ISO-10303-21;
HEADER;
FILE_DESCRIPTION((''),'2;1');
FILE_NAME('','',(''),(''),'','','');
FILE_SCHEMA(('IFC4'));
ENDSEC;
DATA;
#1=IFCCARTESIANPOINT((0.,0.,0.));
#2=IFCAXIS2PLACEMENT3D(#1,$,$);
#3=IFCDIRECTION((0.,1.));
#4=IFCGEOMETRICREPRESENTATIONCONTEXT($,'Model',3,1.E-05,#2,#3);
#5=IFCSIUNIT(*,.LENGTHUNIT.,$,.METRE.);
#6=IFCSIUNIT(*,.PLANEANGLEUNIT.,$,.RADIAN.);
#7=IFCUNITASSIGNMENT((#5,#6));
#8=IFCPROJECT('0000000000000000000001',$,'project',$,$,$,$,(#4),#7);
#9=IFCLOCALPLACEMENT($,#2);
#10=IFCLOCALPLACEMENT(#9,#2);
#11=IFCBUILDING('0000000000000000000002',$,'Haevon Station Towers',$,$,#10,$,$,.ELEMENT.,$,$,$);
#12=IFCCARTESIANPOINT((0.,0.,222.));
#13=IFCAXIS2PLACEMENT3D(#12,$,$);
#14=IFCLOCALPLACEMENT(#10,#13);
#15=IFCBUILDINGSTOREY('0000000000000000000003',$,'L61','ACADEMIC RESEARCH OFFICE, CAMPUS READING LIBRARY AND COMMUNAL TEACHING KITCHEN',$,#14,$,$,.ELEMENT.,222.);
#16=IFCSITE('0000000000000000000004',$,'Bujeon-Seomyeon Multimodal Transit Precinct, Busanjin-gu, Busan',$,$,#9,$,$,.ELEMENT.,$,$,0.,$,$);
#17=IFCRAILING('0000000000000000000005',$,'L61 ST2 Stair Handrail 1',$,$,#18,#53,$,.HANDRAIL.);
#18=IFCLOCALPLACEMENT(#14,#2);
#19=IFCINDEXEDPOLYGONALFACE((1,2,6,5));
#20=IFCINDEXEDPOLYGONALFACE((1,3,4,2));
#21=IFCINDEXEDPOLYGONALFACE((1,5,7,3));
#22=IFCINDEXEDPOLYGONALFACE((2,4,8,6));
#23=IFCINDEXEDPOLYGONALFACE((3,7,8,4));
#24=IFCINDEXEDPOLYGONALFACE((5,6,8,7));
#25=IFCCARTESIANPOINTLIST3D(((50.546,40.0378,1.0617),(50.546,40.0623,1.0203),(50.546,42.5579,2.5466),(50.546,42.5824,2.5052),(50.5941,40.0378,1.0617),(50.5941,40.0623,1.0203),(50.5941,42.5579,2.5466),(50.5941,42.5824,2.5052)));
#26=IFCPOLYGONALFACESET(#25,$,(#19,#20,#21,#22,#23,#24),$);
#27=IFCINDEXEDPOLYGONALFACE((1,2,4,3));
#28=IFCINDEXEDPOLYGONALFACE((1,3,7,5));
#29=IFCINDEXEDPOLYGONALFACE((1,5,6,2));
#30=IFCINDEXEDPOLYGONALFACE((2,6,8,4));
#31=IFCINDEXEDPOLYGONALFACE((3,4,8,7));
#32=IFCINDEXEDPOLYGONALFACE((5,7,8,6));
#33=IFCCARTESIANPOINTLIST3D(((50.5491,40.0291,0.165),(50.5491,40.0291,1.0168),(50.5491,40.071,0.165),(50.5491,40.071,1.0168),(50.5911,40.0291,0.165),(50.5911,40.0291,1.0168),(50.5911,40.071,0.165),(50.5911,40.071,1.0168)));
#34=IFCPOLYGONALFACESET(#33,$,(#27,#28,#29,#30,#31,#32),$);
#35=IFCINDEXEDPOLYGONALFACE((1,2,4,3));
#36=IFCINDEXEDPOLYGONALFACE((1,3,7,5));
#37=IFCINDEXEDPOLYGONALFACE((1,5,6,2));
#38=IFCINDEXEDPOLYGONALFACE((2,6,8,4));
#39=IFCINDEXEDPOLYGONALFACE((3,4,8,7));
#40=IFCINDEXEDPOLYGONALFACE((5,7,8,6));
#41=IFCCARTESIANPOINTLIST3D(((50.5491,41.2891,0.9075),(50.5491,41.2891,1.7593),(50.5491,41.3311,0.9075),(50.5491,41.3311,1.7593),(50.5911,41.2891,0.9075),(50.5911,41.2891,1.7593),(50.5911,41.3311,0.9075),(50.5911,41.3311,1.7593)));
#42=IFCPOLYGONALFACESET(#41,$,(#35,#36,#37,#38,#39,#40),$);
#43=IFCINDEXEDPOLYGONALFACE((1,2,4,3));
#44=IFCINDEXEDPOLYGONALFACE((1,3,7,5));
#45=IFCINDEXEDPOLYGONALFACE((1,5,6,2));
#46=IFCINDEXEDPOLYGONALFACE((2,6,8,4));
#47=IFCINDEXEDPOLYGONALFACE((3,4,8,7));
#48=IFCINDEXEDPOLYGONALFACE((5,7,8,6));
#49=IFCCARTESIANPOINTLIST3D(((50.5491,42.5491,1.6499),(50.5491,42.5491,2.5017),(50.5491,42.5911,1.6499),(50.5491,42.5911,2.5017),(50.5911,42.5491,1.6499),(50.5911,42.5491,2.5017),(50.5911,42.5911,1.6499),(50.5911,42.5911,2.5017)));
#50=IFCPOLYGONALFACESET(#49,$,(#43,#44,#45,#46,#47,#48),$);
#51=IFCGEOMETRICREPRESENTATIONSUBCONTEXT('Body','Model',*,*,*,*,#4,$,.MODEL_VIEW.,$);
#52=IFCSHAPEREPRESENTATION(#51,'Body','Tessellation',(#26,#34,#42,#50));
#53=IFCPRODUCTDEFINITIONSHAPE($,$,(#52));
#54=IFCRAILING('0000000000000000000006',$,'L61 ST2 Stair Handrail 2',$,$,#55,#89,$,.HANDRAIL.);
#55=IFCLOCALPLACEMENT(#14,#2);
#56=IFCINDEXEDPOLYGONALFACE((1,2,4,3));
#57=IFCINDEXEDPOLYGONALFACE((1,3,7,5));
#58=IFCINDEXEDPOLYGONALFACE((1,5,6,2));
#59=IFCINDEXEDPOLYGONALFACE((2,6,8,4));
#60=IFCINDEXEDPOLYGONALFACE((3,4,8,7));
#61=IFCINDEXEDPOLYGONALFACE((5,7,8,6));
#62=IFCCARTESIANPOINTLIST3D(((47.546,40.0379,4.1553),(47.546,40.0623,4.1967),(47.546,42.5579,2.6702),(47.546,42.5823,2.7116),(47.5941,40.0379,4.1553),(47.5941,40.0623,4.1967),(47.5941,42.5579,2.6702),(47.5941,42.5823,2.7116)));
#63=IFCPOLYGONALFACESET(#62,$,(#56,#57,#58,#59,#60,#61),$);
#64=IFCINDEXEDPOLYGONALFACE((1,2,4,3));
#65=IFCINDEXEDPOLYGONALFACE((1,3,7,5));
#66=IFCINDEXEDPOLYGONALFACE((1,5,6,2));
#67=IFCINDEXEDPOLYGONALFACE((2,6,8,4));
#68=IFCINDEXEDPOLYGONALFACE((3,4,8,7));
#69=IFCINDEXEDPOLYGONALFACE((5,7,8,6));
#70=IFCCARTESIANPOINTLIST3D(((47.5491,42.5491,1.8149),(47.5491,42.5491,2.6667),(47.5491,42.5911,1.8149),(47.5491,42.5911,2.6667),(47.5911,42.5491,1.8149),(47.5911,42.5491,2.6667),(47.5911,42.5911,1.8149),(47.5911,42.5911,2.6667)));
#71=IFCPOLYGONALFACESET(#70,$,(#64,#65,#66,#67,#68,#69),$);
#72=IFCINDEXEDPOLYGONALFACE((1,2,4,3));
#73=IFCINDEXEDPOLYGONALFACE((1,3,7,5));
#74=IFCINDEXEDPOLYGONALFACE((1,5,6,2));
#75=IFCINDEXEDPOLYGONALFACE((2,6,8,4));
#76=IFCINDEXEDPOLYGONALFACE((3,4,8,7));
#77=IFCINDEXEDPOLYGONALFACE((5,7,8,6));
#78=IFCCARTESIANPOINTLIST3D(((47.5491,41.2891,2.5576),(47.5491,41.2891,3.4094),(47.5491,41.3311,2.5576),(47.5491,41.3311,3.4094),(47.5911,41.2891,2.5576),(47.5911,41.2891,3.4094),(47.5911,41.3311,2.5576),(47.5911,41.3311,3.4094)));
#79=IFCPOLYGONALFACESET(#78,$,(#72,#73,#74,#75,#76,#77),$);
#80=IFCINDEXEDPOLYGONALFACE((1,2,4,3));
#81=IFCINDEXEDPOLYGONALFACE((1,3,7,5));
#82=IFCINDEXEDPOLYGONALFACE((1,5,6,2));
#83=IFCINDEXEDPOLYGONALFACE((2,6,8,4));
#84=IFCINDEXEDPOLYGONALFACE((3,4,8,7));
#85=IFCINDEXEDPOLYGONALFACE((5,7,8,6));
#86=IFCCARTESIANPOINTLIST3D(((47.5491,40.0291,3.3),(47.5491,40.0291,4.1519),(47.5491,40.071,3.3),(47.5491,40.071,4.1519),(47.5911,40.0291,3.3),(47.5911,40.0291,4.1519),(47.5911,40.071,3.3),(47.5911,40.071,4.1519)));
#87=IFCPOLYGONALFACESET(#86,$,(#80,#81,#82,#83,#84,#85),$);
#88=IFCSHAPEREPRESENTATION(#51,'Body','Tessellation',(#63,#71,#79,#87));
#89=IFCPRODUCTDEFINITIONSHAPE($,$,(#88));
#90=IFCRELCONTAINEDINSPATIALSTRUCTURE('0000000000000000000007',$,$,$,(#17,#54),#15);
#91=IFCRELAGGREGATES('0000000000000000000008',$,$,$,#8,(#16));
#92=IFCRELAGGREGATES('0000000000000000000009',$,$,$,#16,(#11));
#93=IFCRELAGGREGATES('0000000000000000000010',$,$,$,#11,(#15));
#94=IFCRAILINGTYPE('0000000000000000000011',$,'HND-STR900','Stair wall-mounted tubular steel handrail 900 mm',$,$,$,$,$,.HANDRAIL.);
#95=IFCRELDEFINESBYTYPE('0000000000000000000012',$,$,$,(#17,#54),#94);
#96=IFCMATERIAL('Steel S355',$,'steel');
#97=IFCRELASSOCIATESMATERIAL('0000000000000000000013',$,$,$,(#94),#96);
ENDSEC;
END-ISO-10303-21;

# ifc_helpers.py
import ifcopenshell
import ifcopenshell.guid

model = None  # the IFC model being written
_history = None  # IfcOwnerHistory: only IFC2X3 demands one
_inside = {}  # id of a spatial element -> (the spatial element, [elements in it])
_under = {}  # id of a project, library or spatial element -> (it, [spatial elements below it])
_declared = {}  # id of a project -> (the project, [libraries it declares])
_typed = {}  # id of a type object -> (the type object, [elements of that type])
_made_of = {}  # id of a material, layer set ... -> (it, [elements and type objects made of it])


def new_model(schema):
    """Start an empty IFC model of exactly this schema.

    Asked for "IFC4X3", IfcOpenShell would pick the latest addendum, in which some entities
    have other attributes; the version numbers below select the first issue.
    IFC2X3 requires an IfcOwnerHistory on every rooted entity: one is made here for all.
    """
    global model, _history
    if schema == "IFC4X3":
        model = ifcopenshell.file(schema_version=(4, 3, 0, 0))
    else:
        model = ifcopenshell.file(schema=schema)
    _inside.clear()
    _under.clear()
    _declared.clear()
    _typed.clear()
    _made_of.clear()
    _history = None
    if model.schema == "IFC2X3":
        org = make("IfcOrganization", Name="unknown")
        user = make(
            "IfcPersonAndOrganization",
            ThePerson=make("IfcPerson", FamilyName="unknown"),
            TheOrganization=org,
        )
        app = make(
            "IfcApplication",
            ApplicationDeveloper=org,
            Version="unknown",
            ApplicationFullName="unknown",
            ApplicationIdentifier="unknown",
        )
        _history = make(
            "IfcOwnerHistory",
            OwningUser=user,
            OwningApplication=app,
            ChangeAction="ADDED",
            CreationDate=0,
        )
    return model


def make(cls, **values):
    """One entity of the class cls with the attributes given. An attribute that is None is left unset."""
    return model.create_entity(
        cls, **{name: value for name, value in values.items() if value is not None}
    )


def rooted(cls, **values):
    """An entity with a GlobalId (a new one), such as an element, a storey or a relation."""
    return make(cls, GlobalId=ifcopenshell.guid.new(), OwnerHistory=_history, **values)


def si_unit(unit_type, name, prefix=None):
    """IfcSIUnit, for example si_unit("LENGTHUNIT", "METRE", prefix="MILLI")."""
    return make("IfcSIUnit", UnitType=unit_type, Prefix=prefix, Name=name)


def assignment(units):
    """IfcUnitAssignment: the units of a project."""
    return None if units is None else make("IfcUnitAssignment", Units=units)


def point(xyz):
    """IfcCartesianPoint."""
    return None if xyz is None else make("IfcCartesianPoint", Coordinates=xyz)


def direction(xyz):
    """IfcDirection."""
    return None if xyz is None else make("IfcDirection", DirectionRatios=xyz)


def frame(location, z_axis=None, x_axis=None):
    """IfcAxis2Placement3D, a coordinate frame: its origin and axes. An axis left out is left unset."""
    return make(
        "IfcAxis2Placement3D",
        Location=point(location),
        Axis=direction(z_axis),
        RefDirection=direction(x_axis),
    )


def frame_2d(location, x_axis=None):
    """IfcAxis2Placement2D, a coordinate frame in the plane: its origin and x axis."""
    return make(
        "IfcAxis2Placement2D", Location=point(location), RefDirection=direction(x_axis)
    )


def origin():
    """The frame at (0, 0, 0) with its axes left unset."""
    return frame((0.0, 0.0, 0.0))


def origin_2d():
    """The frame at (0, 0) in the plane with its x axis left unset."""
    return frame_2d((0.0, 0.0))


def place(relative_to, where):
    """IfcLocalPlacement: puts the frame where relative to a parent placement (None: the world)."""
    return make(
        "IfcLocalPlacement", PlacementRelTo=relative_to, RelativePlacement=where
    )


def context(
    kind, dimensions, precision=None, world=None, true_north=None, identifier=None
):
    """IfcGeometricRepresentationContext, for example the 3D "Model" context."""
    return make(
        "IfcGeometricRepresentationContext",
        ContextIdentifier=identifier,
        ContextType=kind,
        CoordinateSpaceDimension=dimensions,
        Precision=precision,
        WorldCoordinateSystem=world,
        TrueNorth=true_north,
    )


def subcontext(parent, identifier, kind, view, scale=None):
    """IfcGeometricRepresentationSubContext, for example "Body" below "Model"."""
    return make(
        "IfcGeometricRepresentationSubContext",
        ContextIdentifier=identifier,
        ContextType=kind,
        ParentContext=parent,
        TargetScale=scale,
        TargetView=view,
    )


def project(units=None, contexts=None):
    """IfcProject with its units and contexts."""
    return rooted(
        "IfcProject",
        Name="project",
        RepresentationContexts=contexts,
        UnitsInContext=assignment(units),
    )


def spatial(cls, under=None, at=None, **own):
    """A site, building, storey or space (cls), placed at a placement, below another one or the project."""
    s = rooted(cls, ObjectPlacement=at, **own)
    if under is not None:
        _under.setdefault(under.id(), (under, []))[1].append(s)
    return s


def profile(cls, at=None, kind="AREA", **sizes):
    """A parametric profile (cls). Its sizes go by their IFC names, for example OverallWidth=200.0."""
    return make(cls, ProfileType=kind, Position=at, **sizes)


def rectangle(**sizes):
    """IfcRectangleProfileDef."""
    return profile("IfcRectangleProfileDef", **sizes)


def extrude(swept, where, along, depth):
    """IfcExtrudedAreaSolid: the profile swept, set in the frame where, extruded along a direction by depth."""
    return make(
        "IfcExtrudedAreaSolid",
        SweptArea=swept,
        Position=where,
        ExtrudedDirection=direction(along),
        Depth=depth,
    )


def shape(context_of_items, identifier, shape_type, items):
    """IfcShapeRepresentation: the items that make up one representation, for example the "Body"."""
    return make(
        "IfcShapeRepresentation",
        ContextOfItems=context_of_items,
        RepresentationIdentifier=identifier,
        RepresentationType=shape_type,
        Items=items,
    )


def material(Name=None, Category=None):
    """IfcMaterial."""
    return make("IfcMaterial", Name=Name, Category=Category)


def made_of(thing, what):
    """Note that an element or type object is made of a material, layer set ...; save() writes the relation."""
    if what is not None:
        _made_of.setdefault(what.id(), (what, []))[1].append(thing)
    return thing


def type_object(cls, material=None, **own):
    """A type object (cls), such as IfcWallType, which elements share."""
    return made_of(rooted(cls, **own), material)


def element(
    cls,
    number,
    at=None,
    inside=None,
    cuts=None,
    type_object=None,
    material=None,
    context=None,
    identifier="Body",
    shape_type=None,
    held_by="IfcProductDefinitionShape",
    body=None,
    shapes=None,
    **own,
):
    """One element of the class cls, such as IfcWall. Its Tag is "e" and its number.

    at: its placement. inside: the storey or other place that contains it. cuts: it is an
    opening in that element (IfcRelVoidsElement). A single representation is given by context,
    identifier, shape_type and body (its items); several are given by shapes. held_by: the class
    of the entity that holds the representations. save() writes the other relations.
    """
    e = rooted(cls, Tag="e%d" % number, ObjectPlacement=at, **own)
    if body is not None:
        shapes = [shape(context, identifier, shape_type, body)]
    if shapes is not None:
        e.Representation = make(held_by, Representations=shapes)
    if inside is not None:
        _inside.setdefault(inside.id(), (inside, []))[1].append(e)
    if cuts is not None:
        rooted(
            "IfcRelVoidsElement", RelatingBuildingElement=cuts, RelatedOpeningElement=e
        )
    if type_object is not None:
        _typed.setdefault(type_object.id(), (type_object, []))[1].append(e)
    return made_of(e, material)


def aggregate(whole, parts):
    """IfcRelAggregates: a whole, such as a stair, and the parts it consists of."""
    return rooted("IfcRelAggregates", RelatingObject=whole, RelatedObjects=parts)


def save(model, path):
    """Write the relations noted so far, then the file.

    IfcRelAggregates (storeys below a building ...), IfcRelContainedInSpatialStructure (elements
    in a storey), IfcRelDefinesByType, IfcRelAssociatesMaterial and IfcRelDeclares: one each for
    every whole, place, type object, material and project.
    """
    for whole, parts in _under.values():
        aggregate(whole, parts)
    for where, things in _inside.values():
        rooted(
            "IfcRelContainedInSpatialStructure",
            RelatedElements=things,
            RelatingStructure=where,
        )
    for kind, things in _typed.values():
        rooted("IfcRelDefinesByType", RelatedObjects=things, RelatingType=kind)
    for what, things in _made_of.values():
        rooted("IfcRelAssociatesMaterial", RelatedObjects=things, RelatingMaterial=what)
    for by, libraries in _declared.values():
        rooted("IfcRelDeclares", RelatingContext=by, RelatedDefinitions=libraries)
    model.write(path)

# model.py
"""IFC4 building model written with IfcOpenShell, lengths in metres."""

from ifc_helpers import new_model, si_unit, direction, frame, origin, origin_2d, place, context, subcontext, project, spatial, rectangle, extrude, material, type_object, element, save


model = new_model("IFC4")

# Units and contexts
model_context = context("Model", 3, precision=1e-05, world=origin(), true_north=direction((0.0, 1.0)))
body_context = subcontext(model_context, "Body", "Model", "MODEL_VIEW")
ifc_project = project(units=[si_unit("LENGTHUNIT", "METRE"), si_unit("PLANEANGLEUNIT", "RADIAN")], contexts=[model_context])

# Site, building, storey
site_placement = place(None, origin())
site = spatial("IfcSite", under=ifc_project, at=site_placement, Name="Bujeon-Seomyeon Multimodal Transit Precinct, Busanjin-gu, Busan", CompositionType="ELEMENT", RefElevation=0.0)
building_placement = place(site_placement, origin())
building = spatial("IfcBuilding", under=site, at=building_placement, Name="Haevon Station Towers", CompositionType="ELEMENT")
storey_placement = place(building_placement, frame((0.0, 0.0, 222.0)))
storey = spatial("IfcBuildingStorey", under=building, at=storey_placement, Name="L61", Description="ACADEMIC RESEARCH OFFICE, CAMPUS READING LIBRARY AND COMMUNAL TEACHING KITCHEN", CompositionType="ELEMENT", Elevation=222.0)

# Shared definitions
ifc_material_1 = material(Name="Steel S355", Category="steel")

# Railings
railing_type_1 = type_object("IfcRailingType", Name="HND-STR900", Description="Stair wall-mounted tubular steel handrail 900 mm", PredefinedType="HANDRAIL", material=ifc_material_1)
railing_1_placement = place(storey_placement, frame((50.5701, 40.05, 0.165)))
element("IfcRailing", 1, at=railing_1_placement, inside=storey, type_object=railing_type_1, Name="L61 ST2 Stair Handrail 1", PredefinedType="HANDRAIL", context=body_context, shape_type="SweptSolid", body=[
    extrude(rectangle(XDim=0.0481, YDim=0.0481, at=origin_2d()), frame((0.0, 0.0, 0.876), z_axis=(0.0, 0.861561, 0.507655), x_axis=(-1.0, 0.0, 0.0)), (0.0, 0.0, 1.0), 2.925),
    extrude(rectangle(XDim=0.042, YDim=0.042, at=origin_2d()), origin(), (0.0, 0.0, 1.0), 0.8518),
    extrude(rectangle(XDim=0.042, YDim=0.042, at=origin_2d()), frame((0.0, 1.26, 0.7424)), (0.0, 0.0, 1.0), 0.8518),
    extrude(rectangle(XDim=0.042, YDim=0.042, at=origin_2d()), frame((0.0, 2.52, 1.4849)), (0.0, 0.0, 1.0), 0.8518),
])
railing_2_placement = place(storey_placement, frame((47.5701, 42.5701, 1.8149)))
element("IfcRailing", 2, at=railing_2_placement, inside=storey, type_object=railing_type_1, Name="L61 ST2 Stair Handrail 2", PredefinedType="HANDRAIL", context=body_context, shape_type="SweptSolid", body=[
    extrude(rectangle(XDim=0.0481, YDim=0.0481, at=origin_2d()), frame((0.0, 0.0, 0.876), z_axis=(0.0, -0.861524, 0.507717), x_axis=(1.0, 0.0, 0.0)), (0.0, 0.0, 1.0), 2.925),
    extrude(rectangle(XDim=0.042, YDim=0.042, at=origin_2d()), origin(), (0.0, 0.0, 1.0), 0.8518),
    extrude(rectangle(XDim=0.042, YDim=0.042, at=origin_2d()), frame((0.0, -1.26, 0.7427)), (0.0, 0.0, 1.0), 0.8518),
    extrude(rectangle(XDim=0.042, YDim=0.042, at=origin_2d()), frame((0.0, -2.52, 1.4851)), (0.0, 0.0, 1.0), 0.8518),
])

save(model, "model.ifc")
